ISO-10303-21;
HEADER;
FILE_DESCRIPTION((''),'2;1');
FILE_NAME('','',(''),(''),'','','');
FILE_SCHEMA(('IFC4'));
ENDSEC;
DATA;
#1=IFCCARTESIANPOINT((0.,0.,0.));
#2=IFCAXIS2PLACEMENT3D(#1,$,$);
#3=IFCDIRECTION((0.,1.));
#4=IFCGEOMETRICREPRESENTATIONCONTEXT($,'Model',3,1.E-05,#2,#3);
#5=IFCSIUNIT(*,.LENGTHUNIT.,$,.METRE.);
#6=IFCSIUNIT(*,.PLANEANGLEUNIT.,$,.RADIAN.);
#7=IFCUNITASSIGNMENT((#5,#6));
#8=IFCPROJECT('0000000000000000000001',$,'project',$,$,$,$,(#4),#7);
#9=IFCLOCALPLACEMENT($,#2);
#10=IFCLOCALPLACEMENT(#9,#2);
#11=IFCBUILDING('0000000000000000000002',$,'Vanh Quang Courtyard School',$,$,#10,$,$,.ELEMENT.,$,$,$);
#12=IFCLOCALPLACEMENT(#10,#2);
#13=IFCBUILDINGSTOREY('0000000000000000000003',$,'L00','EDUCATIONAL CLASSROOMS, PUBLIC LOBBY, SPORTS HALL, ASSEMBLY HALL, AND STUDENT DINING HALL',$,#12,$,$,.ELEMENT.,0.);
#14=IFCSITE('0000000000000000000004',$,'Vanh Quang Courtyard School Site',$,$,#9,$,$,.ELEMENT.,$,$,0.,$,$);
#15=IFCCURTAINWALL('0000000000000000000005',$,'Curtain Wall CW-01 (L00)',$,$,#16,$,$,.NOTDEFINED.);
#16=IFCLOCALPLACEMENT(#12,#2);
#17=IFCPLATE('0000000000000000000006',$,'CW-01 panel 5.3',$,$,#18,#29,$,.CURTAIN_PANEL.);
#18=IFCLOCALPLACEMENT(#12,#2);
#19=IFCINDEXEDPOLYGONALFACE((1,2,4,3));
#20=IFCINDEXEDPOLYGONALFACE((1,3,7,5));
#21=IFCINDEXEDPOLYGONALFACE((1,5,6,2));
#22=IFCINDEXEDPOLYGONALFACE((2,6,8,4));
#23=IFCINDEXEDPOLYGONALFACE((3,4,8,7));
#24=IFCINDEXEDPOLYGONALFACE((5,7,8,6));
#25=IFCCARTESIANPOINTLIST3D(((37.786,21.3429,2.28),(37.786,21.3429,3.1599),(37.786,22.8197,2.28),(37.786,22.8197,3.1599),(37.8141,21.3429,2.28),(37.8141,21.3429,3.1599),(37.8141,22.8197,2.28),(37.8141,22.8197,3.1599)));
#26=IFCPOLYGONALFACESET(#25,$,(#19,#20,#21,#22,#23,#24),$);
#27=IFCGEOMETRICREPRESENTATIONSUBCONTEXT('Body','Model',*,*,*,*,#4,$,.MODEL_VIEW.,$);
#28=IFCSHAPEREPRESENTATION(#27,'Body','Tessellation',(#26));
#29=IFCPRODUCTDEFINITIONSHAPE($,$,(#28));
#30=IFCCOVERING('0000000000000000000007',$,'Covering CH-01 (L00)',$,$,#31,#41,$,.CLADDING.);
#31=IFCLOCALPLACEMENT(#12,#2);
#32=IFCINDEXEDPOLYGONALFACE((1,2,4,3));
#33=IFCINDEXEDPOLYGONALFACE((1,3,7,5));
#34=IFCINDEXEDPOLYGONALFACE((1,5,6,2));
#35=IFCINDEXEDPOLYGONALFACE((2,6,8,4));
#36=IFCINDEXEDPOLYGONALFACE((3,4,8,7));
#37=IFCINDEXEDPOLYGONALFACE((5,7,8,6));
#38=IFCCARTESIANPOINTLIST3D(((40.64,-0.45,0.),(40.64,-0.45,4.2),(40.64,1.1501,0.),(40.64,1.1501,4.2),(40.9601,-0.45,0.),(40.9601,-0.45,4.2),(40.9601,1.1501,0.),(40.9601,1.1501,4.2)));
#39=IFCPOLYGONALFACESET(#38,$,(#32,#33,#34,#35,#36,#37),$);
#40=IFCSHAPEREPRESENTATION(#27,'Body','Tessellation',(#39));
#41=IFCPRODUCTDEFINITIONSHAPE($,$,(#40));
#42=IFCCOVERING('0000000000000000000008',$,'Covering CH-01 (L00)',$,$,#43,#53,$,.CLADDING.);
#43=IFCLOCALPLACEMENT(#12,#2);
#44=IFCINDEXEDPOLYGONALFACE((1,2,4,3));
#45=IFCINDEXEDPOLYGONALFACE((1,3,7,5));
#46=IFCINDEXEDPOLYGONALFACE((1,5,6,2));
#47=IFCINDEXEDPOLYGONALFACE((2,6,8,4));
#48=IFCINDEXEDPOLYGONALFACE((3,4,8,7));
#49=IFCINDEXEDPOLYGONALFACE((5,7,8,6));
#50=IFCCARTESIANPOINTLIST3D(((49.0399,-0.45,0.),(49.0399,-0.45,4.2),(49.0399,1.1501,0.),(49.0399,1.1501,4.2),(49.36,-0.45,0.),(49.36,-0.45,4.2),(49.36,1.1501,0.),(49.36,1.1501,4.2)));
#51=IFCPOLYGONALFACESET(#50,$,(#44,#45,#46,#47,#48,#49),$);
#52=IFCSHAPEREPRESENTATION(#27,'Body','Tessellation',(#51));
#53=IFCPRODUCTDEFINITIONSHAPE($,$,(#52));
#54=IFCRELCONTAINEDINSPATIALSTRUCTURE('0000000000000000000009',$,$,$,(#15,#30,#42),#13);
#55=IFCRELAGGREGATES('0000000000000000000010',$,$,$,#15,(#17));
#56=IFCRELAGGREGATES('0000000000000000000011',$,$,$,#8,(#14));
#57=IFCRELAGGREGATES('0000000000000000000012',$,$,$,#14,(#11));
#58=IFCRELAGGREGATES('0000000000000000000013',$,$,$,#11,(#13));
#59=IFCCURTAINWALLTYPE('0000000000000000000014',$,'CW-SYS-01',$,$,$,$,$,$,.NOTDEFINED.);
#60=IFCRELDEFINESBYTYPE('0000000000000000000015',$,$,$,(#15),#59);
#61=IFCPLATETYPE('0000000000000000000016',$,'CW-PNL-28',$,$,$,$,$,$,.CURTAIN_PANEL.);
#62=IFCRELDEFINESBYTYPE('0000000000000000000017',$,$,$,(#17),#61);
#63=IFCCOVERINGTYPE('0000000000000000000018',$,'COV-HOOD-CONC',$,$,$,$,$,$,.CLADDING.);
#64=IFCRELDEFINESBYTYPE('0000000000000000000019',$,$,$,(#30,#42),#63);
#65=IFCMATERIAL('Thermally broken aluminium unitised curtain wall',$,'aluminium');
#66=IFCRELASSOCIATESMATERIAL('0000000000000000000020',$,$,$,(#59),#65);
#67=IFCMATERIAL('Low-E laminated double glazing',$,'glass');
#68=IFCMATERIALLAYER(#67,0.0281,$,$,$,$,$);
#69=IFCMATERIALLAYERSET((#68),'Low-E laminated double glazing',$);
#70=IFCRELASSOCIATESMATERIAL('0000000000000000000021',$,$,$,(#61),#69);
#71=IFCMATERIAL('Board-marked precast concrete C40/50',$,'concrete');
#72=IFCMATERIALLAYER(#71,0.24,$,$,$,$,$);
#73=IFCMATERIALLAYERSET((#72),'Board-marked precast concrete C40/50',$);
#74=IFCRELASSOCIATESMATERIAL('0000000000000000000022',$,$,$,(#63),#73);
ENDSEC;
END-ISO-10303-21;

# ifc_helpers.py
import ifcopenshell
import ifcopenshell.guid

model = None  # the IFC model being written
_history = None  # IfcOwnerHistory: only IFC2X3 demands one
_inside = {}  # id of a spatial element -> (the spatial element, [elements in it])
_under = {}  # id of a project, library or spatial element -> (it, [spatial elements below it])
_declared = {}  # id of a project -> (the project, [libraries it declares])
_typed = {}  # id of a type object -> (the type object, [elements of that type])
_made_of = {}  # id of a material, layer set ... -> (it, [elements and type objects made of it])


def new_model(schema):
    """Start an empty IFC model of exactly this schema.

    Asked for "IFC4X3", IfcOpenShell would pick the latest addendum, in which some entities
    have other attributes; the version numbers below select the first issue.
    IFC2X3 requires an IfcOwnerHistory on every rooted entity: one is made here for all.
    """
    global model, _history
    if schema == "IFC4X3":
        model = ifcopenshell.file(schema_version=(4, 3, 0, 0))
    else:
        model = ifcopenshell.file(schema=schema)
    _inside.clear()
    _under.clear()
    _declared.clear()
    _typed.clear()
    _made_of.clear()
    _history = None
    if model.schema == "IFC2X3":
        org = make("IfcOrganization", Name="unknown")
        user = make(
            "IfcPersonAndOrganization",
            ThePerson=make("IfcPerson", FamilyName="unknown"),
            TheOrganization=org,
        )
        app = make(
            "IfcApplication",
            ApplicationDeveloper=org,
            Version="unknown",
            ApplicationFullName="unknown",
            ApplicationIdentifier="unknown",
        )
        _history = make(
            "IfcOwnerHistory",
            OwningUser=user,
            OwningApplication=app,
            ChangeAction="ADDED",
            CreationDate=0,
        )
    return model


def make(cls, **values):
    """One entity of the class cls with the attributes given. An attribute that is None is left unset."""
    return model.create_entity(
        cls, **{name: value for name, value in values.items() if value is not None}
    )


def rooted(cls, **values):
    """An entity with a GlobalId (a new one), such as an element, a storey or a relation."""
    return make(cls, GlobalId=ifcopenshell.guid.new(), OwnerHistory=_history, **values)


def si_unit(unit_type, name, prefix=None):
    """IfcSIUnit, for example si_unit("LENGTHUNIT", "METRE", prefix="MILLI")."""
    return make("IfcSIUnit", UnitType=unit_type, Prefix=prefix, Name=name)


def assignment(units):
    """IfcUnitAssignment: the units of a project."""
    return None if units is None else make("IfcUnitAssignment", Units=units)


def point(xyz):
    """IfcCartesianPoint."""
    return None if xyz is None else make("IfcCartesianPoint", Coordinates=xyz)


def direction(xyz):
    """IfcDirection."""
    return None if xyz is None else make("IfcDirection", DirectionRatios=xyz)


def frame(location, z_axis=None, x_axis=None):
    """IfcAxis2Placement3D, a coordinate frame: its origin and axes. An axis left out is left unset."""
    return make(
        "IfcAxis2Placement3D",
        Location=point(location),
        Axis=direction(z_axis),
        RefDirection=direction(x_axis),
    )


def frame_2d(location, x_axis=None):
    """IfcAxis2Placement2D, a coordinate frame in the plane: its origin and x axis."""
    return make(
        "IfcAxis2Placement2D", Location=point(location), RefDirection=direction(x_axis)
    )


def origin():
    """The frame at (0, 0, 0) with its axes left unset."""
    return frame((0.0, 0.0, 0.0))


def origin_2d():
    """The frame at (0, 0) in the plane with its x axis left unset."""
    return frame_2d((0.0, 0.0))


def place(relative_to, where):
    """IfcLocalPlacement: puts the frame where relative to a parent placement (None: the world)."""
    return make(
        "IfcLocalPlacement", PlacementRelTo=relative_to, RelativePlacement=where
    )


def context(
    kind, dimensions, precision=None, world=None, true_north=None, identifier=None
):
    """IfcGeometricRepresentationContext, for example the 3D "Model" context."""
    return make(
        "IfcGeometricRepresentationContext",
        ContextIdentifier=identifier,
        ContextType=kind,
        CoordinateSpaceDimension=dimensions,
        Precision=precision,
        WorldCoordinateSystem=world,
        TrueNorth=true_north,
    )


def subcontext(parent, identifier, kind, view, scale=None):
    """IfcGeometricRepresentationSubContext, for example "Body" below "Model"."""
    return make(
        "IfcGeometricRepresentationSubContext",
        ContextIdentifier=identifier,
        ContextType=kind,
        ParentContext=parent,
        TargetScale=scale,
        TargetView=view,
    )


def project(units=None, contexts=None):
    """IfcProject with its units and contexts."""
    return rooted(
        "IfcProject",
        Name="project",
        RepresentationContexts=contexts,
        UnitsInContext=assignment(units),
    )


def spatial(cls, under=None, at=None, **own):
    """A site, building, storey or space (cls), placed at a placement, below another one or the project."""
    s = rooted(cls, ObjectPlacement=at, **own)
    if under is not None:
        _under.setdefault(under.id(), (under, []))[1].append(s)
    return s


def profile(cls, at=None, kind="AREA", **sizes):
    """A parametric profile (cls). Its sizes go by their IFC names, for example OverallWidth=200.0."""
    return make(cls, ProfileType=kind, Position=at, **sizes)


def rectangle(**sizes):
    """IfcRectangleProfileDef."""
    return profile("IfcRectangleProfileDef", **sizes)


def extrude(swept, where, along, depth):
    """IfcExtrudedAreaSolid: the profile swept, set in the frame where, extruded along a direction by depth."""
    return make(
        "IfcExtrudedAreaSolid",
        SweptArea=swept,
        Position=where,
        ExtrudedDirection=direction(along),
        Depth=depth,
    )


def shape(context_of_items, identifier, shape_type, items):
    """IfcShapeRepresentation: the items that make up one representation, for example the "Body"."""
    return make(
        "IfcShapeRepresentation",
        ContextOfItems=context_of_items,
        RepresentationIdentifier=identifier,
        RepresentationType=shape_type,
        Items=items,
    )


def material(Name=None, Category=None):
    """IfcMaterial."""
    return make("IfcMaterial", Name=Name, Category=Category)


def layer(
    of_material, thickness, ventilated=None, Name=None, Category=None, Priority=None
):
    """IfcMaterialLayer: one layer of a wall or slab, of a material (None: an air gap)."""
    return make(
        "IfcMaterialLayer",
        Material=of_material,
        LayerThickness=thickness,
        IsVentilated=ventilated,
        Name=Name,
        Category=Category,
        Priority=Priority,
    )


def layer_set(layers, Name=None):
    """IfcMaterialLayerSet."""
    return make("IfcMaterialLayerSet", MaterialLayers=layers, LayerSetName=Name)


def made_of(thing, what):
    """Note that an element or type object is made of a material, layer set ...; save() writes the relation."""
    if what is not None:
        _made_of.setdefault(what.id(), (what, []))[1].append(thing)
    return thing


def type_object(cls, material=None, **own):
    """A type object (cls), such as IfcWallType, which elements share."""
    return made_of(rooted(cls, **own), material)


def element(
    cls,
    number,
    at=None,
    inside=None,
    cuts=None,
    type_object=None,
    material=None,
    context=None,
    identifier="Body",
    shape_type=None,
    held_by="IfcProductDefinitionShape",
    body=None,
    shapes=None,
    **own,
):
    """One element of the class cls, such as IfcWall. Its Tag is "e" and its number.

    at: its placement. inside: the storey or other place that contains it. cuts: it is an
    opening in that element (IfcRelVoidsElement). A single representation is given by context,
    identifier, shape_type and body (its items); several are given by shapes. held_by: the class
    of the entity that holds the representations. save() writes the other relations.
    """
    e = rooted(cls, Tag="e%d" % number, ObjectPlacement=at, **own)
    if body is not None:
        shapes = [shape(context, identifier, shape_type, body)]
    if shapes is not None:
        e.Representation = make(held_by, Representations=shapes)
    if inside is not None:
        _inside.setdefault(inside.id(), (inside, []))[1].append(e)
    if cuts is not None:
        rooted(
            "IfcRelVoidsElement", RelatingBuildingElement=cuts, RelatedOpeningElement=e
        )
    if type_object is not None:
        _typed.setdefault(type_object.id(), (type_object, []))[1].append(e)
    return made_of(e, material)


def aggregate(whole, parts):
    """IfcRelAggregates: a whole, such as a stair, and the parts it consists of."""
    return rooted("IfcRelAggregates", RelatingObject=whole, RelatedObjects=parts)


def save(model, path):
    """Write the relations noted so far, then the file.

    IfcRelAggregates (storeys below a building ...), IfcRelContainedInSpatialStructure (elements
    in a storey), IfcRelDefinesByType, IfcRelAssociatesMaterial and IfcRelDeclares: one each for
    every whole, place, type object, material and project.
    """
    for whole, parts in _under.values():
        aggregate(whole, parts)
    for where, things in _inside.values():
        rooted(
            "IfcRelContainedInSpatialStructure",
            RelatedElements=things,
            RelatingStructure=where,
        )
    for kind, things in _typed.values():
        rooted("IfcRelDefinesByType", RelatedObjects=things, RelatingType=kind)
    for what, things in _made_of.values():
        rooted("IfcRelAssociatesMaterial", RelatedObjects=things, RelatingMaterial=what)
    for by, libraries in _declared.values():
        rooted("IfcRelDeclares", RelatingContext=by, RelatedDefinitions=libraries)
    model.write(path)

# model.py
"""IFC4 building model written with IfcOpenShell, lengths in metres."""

from ifc_helpers import new_model, si_unit, direction, frame, origin, origin_2d, place, context, subcontext, project, spatial, rectangle, extrude, material, layer, layer_set, type_object, element, aggregate, save


model = new_model("IFC4")

# Units and contexts
model_context = context("Model", 3, precision=1e-05, world=origin(), true_north=direction((0.0, 1.0)))
body_context = subcontext(model_context, "Body", "Model", "MODEL_VIEW")
ifc_project = project(units=[si_unit("LENGTHUNIT", "METRE"), si_unit("PLANEANGLEUNIT", "RADIAN")], contexts=[model_context])

# Site, building, storey
site_placement = place(None, origin())
site = spatial("IfcSite", under=ifc_project, at=site_placement, Name="Vanh Quang Courtyard School Site", CompositionType="ELEMENT", RefElevation=0.0)
building_placement = place(site_placement, origin())
building = spatial("IfcBuilding", under=site, at=building_placement, Name="Vanh Quang Courtyard School", CompositionType="ELEMENT")
storey_placement = place(building_placement, origin())
storey = spatial("IfcBuildingStorey", under=building, at=storey_placement, Name="L00", Description="EDUCATIONAL CLASSROOMS, PUBLIC LOBBY, SPORTS HALL, ASSEMBLY HALL, AND STUDENT DINING HALL", CompositionType="ELEMENT", Elevation=0.0)

# Curtain wall, plate
ifc_material_1 = material(Name="Thermally broken aluminium unitised curtain wall", Category="aluminium")
curtain_wall_type = type_object("IfcCurtainWallType", Name="CW-SYS-01", PredefinedType="NOTDEFINED", material=ifc_material_1)
curtain_wall_placement = place(storey_placement, origin())
curtain_wall = element("IfcCurtainWall", 1, at=curtain_wall_placement, inside=storey, type_object=curtain_wall_type, Name="Curtain Wall CW-01 (L00)", PredefinedType="NOTDEFINED")
ifc_material_2 = material(Name="Low-E laminated double glazing", Category="glass")
ifc_layer_1 = layer(ifc_material_2, 0.0281)
ifc_layer_set_1 = layer_set([ifc_layer_1], Name="Low-E laminated double glazing")
plate_type = type_object("IfcPlateType", Name="CW-PNL-28", PredefinedType="CURTAIN_PANEL", material=ifc_layer_set_1)
plate_1_placement = place(storey_placement, frame((37.8, 22.0813, 2.28), z_axis=(0.0, 0.0, 1.0), x_axis=(0.0, -1.0, 0.0)))
plate_1 = element("IfcPlate", 2, at=plate_1_placement, type_object=plate_type, Name="CW-01 panel 5.3", PredefinedType="CURTAIN_PANEL", context=body_context, shape_type="SweptSolid", body=[
    extrude(rectangle(XDim=1.4768, YDim=0.0281, at=origin_2d()), origin(), (0.0, 0.0, 1.0), 0.8799),
])
aggregate(curtain_wall, [plate_1])

# Coverings
ifc_material_3 = material(Name="Board-marked precast concrete C40/50", Category="concrete")
ifc_layer_2 = layer(ifc_material_3, 0.24)
ifc_layer_set_2 = layer_set([ifc_layer_2], Name="Board-marked precast concrete C40/50")
covering_type = type_object("IfcCoveringType", Name="COV-HOOD-CONC", PredefinedType="CLADDING", material=ifc_layer_set_2)
for number, where, z_axis, x_axis, name in (
    (3, (40.8, 0.3501, 0.0), (0.0, 0.0, 1.0), (0.0, 1.0, 0.0), "Covering CH-01 (L00)"),
    (4, (49.2, 0.3501, 0.0), (0.0, 0.0, 1.0), (0.0, 1.0, 0.0), "Covering CH-01 (L00)"),
):
    element("IfcCovering", number, at=place(storey_placement, frame(where, z_axis=z_axis, x_axis=x_axis)), inside=storey, type_object=covering_type, Name=name, PredefinedType="CLADDING", context=body_context, shape_type="SweptSolid", body=[
        extrude(rectangle(XDim=1.6001, YDim=0.3201, at=origin_2d()), origin(), (0.0, 0.0, 1.0), 4.2),
    ])

save(model, "model.ifc")
